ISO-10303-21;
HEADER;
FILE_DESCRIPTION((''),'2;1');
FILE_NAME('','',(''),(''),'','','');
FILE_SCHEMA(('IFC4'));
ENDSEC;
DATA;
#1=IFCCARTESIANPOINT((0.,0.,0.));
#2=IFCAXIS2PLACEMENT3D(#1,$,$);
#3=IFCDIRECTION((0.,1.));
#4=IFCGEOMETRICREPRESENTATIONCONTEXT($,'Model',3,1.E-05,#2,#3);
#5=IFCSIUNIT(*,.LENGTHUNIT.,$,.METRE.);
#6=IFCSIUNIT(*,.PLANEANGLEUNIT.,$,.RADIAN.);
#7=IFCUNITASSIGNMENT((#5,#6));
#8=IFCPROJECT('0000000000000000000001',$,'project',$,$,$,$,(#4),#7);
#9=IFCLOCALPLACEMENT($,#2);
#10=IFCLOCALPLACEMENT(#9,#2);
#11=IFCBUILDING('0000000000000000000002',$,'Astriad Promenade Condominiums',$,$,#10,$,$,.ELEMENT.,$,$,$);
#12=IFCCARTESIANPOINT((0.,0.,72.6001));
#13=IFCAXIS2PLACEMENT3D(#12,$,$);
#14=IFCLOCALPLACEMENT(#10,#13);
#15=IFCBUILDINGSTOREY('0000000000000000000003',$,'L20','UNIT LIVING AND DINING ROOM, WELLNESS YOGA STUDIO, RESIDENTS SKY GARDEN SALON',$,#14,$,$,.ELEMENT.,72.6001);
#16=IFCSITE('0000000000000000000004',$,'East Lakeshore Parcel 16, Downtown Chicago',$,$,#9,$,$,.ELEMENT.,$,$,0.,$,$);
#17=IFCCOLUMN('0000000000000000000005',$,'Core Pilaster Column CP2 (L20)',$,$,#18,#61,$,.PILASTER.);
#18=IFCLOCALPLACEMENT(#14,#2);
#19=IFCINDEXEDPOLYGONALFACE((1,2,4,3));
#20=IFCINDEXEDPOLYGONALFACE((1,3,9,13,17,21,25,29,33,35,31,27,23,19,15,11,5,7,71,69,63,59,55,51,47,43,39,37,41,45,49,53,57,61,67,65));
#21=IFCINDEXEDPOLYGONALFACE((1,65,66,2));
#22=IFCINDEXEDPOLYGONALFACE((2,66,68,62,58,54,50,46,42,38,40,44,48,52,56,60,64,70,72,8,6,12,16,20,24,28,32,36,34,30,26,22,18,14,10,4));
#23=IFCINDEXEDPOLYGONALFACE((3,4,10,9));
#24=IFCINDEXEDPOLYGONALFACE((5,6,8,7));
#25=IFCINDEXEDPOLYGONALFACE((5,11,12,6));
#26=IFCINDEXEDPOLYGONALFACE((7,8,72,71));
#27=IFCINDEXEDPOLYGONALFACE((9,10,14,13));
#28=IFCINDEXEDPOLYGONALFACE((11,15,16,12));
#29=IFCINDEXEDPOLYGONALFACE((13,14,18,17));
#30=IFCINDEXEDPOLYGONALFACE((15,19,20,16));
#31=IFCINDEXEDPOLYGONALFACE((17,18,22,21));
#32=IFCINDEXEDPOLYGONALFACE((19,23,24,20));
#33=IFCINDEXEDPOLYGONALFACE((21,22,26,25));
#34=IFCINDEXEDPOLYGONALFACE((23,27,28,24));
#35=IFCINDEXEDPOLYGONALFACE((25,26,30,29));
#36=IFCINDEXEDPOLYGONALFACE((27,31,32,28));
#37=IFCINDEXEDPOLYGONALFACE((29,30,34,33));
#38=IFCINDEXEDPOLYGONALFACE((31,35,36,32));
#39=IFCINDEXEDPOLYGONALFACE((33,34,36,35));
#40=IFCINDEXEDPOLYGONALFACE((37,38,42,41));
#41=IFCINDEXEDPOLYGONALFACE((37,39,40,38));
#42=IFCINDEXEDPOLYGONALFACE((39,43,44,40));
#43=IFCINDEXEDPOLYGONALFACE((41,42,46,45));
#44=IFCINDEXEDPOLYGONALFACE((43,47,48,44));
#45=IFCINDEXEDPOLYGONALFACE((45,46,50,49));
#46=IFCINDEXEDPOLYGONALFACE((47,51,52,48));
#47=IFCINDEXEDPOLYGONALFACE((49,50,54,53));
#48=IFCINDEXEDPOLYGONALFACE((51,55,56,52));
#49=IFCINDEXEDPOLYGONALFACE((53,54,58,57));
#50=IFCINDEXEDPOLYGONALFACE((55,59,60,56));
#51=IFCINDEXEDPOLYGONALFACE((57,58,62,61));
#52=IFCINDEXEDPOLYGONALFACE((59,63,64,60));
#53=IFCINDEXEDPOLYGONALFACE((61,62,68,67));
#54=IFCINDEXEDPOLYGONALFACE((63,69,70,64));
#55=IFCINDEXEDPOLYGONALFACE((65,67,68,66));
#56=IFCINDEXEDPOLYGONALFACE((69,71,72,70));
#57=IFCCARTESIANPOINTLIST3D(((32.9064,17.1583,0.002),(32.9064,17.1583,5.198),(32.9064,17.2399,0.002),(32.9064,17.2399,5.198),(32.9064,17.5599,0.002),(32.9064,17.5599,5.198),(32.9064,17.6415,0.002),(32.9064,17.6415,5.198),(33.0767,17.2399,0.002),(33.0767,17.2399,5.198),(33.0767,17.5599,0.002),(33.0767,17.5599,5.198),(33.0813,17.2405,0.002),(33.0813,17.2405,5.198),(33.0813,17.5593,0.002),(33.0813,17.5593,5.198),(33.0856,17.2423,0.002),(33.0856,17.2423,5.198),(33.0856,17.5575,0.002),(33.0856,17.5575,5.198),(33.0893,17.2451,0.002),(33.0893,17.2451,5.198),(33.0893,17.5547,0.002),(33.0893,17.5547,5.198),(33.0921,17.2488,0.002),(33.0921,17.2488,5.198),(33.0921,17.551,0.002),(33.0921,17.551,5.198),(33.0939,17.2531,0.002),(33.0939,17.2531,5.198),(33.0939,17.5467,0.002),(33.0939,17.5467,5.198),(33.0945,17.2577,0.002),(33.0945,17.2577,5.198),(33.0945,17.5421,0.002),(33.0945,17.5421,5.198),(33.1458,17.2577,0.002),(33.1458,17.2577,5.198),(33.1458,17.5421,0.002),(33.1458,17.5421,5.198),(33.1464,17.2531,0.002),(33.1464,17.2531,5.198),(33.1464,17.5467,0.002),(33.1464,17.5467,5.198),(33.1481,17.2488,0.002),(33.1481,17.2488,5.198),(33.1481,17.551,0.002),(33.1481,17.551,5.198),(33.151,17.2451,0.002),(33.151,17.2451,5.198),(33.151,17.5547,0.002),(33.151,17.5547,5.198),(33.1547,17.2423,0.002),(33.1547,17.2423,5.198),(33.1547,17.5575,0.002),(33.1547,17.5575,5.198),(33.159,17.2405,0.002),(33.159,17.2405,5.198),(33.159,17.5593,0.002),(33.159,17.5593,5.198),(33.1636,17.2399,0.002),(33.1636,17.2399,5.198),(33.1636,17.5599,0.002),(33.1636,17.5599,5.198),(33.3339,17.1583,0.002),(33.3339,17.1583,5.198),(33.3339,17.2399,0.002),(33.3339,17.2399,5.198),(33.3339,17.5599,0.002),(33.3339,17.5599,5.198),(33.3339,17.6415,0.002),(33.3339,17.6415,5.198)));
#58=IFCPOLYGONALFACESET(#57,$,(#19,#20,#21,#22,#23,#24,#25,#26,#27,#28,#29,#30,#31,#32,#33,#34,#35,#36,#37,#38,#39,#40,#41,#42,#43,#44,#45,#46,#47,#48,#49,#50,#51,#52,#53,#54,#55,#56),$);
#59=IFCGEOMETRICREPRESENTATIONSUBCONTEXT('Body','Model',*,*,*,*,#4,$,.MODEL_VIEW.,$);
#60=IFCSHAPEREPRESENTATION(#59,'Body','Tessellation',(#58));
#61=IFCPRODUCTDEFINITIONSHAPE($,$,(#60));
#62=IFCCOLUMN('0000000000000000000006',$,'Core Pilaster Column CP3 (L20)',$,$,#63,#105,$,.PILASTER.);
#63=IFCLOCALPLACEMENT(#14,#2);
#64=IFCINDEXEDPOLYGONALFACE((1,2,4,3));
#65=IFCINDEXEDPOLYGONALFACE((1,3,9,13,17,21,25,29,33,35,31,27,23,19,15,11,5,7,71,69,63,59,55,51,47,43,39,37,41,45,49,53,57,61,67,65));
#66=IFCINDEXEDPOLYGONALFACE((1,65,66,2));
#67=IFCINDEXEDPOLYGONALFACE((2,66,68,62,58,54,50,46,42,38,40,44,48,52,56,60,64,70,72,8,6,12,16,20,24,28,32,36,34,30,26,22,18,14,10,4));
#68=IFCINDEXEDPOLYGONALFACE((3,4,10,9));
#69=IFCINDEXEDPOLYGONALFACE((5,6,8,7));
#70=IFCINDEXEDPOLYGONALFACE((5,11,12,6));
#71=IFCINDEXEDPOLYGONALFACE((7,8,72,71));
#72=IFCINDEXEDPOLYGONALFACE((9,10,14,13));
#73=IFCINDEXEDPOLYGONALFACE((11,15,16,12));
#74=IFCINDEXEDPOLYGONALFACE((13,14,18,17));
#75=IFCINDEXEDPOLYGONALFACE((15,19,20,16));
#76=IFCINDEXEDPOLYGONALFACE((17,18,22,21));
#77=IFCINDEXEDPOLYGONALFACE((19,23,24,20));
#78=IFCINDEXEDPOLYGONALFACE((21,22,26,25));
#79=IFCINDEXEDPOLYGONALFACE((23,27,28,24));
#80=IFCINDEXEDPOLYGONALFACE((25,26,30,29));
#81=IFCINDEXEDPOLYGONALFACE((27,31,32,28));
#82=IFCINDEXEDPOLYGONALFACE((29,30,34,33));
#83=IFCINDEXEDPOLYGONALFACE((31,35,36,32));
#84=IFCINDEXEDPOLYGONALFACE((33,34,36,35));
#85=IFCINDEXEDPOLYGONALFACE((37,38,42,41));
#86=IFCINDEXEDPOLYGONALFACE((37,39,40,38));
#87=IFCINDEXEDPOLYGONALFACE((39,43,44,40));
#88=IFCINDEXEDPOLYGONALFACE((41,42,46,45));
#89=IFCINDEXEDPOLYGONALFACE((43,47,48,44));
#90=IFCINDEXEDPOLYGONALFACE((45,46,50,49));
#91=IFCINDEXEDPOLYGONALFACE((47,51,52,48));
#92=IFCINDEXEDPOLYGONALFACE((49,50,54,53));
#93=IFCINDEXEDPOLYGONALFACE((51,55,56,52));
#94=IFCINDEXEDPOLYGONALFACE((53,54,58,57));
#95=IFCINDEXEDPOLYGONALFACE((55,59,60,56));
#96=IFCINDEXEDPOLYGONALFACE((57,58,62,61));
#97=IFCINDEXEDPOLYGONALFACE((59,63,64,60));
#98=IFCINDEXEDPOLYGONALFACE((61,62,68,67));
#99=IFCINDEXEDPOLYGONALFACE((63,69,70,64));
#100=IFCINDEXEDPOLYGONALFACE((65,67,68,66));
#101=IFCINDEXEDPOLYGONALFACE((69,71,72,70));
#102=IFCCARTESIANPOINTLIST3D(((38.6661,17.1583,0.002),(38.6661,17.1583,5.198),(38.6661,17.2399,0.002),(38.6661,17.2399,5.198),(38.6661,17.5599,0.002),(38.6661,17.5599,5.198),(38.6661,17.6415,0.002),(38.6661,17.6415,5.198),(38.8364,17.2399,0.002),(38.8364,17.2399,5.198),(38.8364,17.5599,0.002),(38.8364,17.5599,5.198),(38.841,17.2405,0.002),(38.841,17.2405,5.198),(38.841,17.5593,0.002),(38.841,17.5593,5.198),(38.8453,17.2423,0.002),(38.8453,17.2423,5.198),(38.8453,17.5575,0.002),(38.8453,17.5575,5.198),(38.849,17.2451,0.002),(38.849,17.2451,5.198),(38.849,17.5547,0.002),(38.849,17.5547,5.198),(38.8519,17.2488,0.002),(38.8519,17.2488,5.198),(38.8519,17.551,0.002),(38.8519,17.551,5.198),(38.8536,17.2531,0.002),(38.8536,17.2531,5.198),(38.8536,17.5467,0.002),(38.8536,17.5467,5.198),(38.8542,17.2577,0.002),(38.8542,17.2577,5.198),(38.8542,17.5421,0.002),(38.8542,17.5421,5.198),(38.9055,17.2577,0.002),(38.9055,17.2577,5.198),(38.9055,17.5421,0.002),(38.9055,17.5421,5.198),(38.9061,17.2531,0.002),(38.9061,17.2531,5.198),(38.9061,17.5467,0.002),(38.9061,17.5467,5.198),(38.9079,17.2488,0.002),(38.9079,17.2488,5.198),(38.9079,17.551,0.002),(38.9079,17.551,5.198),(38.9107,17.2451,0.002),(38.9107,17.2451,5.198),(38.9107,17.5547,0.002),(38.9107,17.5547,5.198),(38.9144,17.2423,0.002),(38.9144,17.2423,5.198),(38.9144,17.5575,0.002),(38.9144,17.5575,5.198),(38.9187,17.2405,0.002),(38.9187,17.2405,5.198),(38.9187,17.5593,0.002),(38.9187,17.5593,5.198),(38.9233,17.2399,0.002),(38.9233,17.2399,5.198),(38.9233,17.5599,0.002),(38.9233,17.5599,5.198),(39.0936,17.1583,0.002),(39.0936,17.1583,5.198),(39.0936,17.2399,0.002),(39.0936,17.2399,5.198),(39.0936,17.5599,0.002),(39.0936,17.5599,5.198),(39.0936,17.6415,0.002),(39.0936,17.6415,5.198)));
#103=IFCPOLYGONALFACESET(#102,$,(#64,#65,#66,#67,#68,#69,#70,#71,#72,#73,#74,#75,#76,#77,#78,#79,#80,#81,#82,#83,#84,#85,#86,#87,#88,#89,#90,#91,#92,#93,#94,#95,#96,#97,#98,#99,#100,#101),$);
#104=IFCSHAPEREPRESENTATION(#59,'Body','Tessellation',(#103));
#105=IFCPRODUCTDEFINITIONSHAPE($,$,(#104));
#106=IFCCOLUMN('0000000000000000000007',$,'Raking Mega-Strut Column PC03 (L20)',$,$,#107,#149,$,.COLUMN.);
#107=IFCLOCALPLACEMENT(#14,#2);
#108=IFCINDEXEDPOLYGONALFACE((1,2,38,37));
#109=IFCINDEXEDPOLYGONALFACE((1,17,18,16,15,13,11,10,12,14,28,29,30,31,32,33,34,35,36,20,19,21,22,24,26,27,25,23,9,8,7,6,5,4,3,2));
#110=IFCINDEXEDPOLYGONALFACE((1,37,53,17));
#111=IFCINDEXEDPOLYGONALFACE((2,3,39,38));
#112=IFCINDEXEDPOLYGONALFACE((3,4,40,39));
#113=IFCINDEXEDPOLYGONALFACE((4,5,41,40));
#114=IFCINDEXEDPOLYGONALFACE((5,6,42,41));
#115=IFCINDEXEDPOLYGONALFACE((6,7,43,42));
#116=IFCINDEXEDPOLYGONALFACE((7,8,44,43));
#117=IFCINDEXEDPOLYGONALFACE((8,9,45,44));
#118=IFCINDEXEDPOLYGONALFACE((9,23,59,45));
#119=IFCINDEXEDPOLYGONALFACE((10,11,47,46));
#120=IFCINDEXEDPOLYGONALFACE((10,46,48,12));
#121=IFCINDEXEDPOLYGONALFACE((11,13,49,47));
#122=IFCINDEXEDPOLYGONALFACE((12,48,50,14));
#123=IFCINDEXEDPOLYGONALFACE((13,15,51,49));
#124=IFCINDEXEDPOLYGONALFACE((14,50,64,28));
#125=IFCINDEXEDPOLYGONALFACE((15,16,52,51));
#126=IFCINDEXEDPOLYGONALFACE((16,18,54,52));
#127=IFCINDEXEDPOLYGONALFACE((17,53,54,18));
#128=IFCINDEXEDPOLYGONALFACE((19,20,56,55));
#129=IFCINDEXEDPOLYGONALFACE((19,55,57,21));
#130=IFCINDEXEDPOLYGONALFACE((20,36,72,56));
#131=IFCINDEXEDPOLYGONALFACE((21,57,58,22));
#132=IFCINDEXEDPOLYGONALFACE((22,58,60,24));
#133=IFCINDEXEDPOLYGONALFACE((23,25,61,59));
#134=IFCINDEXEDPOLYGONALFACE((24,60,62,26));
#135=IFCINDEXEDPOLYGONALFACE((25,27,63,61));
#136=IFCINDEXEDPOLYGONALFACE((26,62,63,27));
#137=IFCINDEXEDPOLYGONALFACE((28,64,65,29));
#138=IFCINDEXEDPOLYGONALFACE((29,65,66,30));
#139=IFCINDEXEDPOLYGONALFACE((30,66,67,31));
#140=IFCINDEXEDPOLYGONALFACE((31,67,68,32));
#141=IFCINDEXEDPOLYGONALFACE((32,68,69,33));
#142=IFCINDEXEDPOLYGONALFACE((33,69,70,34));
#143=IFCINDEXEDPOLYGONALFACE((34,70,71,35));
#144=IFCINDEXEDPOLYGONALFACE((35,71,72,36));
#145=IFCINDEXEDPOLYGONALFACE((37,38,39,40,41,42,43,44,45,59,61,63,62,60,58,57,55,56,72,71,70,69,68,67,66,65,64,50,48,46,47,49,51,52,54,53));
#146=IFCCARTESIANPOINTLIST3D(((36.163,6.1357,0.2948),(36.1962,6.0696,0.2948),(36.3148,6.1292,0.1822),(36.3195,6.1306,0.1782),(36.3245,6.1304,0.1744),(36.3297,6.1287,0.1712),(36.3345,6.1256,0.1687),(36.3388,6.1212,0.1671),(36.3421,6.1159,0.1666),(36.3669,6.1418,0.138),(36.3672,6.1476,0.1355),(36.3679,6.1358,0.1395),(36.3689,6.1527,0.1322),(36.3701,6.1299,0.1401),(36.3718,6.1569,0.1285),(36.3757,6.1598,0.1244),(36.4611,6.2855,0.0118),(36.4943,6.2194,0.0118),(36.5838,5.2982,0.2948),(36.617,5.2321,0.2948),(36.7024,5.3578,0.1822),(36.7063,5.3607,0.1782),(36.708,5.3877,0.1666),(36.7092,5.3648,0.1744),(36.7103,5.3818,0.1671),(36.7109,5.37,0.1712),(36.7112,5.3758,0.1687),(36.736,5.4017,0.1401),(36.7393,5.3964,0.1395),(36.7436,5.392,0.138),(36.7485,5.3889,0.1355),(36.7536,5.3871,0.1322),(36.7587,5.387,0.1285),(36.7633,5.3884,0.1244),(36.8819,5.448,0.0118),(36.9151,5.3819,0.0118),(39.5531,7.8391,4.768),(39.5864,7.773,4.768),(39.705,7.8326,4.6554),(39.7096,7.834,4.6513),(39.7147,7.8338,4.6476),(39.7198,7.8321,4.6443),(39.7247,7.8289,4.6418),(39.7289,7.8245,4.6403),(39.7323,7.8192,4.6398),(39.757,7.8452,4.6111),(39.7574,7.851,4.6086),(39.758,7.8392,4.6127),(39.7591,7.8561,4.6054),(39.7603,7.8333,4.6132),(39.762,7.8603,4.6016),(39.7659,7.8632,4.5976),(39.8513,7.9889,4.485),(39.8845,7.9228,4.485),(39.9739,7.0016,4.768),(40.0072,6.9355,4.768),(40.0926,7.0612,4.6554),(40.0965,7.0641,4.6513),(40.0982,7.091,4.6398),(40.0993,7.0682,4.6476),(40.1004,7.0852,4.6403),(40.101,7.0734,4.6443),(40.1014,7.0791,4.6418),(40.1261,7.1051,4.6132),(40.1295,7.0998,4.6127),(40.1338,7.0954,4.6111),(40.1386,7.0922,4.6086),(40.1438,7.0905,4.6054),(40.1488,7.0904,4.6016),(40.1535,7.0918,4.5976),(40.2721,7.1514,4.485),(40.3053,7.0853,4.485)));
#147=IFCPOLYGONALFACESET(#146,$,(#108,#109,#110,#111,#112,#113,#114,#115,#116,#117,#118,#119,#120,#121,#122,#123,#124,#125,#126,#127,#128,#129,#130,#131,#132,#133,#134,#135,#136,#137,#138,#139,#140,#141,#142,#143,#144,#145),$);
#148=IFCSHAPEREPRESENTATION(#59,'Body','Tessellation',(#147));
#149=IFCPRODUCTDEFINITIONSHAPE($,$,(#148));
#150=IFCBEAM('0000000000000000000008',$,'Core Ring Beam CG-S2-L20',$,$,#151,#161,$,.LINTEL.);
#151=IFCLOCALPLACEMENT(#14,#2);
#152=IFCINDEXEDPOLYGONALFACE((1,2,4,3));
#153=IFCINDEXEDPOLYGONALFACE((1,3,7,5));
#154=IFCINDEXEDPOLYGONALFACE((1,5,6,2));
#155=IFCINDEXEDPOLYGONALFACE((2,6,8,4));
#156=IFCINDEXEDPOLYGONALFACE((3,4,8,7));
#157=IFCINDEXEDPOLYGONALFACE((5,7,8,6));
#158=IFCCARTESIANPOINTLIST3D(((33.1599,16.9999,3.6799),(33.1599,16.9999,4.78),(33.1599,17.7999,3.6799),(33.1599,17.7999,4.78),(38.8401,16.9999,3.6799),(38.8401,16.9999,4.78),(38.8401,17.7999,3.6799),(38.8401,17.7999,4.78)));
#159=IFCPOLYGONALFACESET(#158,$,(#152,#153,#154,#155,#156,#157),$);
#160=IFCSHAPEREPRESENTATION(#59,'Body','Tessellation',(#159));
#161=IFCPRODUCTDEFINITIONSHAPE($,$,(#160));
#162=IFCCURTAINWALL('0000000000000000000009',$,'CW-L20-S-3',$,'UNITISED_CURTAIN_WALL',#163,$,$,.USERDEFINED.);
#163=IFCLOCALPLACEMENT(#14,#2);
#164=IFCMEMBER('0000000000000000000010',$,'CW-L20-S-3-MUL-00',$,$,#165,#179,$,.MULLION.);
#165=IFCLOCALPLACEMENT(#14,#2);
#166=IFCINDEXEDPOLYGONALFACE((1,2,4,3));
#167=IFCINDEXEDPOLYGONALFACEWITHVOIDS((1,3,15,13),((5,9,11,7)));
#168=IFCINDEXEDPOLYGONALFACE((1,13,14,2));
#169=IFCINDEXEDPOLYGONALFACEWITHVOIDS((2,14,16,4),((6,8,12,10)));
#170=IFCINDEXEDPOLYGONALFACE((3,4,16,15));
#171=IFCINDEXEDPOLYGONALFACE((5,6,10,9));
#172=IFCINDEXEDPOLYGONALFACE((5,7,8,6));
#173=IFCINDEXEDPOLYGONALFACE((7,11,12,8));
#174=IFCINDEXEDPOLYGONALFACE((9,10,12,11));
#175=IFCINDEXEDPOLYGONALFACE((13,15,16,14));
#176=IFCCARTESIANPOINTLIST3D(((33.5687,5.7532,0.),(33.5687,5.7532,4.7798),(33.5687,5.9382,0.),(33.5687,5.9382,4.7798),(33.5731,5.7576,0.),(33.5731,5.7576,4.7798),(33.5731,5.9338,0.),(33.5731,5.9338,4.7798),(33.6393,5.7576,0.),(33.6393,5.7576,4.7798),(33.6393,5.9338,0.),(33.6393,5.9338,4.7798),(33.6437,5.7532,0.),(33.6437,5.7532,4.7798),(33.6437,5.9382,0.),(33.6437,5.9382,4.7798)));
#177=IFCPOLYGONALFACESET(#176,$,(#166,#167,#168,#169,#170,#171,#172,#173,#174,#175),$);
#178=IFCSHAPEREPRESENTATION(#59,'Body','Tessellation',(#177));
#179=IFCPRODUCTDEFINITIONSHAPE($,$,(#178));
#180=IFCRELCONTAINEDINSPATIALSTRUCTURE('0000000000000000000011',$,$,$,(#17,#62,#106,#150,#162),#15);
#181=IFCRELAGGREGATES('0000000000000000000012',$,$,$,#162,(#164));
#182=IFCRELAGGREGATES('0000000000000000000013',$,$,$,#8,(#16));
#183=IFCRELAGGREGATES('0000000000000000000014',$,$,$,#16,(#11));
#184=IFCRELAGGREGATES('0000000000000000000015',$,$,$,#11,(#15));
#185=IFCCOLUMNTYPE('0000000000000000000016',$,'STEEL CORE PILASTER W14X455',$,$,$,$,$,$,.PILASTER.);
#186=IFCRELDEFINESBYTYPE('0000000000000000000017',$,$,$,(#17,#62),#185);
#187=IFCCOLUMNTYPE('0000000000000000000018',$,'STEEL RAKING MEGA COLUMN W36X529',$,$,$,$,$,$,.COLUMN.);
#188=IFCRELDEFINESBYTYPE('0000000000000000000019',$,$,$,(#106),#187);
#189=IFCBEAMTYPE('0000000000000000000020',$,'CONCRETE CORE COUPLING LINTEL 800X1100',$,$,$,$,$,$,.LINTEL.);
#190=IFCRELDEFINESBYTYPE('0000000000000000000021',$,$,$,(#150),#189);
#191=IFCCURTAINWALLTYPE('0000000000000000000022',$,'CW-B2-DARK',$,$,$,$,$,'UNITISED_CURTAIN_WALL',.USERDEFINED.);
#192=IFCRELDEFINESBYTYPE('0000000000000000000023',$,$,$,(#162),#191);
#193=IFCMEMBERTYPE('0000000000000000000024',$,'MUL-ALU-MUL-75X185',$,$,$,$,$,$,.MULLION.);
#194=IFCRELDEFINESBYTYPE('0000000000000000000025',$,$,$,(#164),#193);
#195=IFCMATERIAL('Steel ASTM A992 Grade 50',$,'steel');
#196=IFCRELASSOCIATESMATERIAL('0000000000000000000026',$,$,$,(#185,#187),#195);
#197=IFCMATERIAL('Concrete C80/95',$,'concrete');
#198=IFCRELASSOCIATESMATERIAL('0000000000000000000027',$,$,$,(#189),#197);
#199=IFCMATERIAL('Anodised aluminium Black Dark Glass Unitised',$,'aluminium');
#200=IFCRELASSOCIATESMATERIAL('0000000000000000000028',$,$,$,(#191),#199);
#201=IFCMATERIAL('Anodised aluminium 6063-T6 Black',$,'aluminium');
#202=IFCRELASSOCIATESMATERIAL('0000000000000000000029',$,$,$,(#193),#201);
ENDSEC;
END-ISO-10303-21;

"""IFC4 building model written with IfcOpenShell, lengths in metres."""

from ifc_helpers import new_model, si_unit, direction, frame, origin, origin_2d, place, context, subcontext, project, spatial, rectangle, hollow_rectangle, i_section, extrude, source, transform, mapped, material, material_profile, profile_set, type_object, type_shapes, element, aggregate, save


model = new_model("IFC4")

# Units and contexts
model_context = context("Model", 3, precision=1e-05, world=origin(), true_north=direction((0.0, 1.0)))
body_context = subcontext(model_context, "Body", "Model", "MODEL_VIEW")
ifc_project = project(units=[si_unit("LENGTHUNIT", "METRE"), si_unit("PLANEANGLEUNIT", "RADIAN")], contexts=[model_context])

# Site, building, storey
site_placement = place(None, origin())
site = spatial("IfcSite", under=ifc_project, at=site_placement, Name="East Lakeshore Parcel 16, Downtown Chicago", CompositionType="ELEMENT", RefElevation=0.0)
building_placement = place(site_placement, origin())
building = spatial("IfcBuilding", under=site, at=building_placement, Name="Astriad Promenade Condominiums", CompositionType="ELEMENT")
storey_placement = place(building_placement, frame((0.0, 0.0, 72.6001)))
storey = spatial("IfcBuildingStorey", under=building, at=storey_placement, Name="L20", Description="UNIT LIVING AND DINING ROOM, WELLNESS YOGA STUDIO, RESIDENTS SKY GARDEN SALON", CompositionType="ELEMENT", Elevation=72.6001)

# Columns
ifc_material_1 = material(Name="Steel ASTM A992 Grade 50", Category="steel")
ifc_material_profile_1 = material_profile(ifc_material_1, i_section(OverallWidth=0.4275, OverallDepth=0.4832, WebThickness=0.0513, FlangeThickness=0.0815, FilletRadius=0.0178, at=origin_2d()), Name="W14X455")
ifc_profile_set_1 = profile_set([ifc_material_profile_1], Name="Steel ASTM A992 Grade 50")
column_type_1 = type_object("IfcColumnType", Name="STEEL CORE PILASTER W14X455", PredefinedType="PILASTER", material=ifc_profile_set_1)
shared_shape_1 = source(origin(), body_context, "Body", "SweptSolid", [
    extrude(i_section(OverallWidth=0.4275, OverallDepth=0.4832, WebThickness=0.0513, FlangeThickness=0.0815, FilletRadius=0.0178, at=origin_2d()), origin(), (0.0, 0.0, 1.0), 5.196),
])
type_shapes(column_type_1, [shared_shape_1])
for number, where, z_axis, x_axis, name in (
    (1, (33.1201, 17.3999, 0.002), (0.0, 0.0, 1.0), (1.0, 0.0, 0.0), "Core Pilaster Column CP2 (L20)"),
    (2, (38.8799, 17.3999, 0.002), (0.0, 0.0, 1.0), (1.0, 0.0, 0.0), "Core Pilaster Column CP3 (L20)"),
):
    element("IfcColumn", number, at=place(storey_placement, frame(where, z_axis=z_axis, x_axis=x_axis)), inside=storey, type_object=column_type_1, Name=name, PredefinedType="PILASTER", context=body_context, shape_type="MappedRepresentation", body=[
        mapped(shared_shape_1, transform((0.0, 0.0, 0.0), scale=1.0)),
    ])
ifc_material_profile_2 = material_profile(ifc_material_1, i_section(OverallWidth=0.4375, OverallDepth=1.0112, WebThickness=0.041, FlangeThickness=0.074, FilletRadius=0.0242, at=origin_2d()), Name="W36X529")
ifc_profile_set_2 = profile_set([ifc_material_profile_2], Name="Steel ASTM A992 Grade 50")
column_type_2 = type_object("IfcColumnType", Name="STEEL RAKING MEGA COLUMN W36X529", PredefinedType="COLUMN", material=ifc_profile_set_2)
shared_shape_2 = source(origin(), body_context, "Body", "SweptSolid", [
    extrude(i_section(OverallWidth=0.4375, OverallDepth=1.0112, WebThickness=0.041, FlangeThickness=0.074, FilletRadius=0.0242, at=origin_2d()), origin(), (0.0, 0.0, 1.0), 5.8655),
])
type_shapes(column_type_2, [shared_shape_2])
column_placement = place(storey_placement, frame((36.5391, 5.7588, 0.1533), z_axis=(0.577984, 0.290407, 0.762626), x_axis=(-0.681445, -0.342391, 0.64684)))
element("IfcColumn", 3, at=column_placement, inside=storey, type_object=column_type_2, Name="Raking Mega-Strut Column PC03 (L20)", PredefinedType="COLUMN", context=body_context, shape_type="MappedRepresentation", body=[
    mapped(shared_shape_2, transform((0.0, 0.0, 0.0), scale=1.0)),
])

# Beam
ifc_material_2 = material(Name="Concrete C80/95", Category="concrete")
ifc_material_profile_3 = material_profile(ifc_material_2, rectangle(XDim=0.8, YDim=1.1001, at=origin_2d()), Name="RC-BM-800X1100")
ifc_profile_set_3 = profile_set([ifc_material_profile_3], Name="Concrete C80/95")
beam_type = type_object("IfcBeamType", Name="CONCRETE CORE COUPLING LINTEL 800X1100", PredefinedType="LINTEL", material=ifc_profile_set_3)
shared_shape_3 = source(origin(), body_context, "Body", "SweptSolid", [
    extrude(rectangle(XDim=0.8, YDim=1.1001, at=origin_2d()), origin(), (0.0, 0.0, 1.0), 5.6802),
])
type_shapes(beam_type, [shared_shape_3])
beam_placement = place(storey_placement, frame((33.1599, 17.3999, 4.23), z_axis=(1.0, 0.0, 0.0), x_axis=(0.0, 1.0, 0.0)))
element("IfcBeam", 4, at=beam_placement, inside=storey, type_object=beam_type, Name="Core Ring Beam CG-S2-L20", PredefinedType="LINTEL", context=body_context, shape_type="MappedRepresentation", body=[
    mapped(shared_shape_3, transform((0.0, 0.0, 0.0), scale=1.0)),
])

# Curtain wall, member
ifc_material_3 = material(Name="Anodised aluminium Black Dark Glass Unitised", Category="aluminium")
curtain_wall_type = type_object("IfcCurtainWallType", Name="CW-B2-DARK", ElementType="UNITISED_CURTAIN_WALL", PredefinedType="USERDEFINED", material=ifc_material_3)
curtain_wall_placement = place(storey_placement, origin())
curtain_wall = element("IfcCurtainWall", 5, at=curtain_wall_placement, inside=storey, type_object=curtain_wall_type, Name="CW-L20-S-3", ObjectType="UNITISED_CURTAIN_WALL", PredefinedType="USERDEFINED")
ifc_material_4 = material(Name="Anodised aluminium 6063-T6 Black", Category="aluminium")
ifc_material_profile_4 = material_profile(ifc_material_4, hollow_rectangle(XDim=0.075, YDim=0.1851, WallThickness=0.0044, at=origin_2d()), Name="ALU-MUL-75X185")
ifc_profile_set_4 = profile_set([ifc_material_profile_4], Name="Anodised aluminium 6063-T6 Black")
member_type_1 = type_object("IfcMemberType", Name="MUL-ALU-MUL-75X185", PredefinedType="MULLION", material=ifc_profile_set_4)
shared_shape_4 = source(origin(), body_context, "Body", "SweptSolid", [
    extrude(hollow_rectangle(XDim=0.075, YDim=0.1851, WallThickness=0.0044, at=origin_2d()), origin(), (0.0, 0.0, 1.0), 4.7798),
])
type_shapes(member_type_1, [shared_shape_4])
member_1_placement = place(storey_placement, frame((33.6062, 5.8457, 0.0), z_axis=(0.0, 0.0, 1.0), x_axis=(1.0, 0.0, 0.0)))
member_1 = element("IfcMember", 6, at=member_1_placement, type_object=member_type_1, Name="CW-L20-S-3-MUL-00", PredefinedType="MULLION", context=body_context, shape_type="MappedRepresentation", body=[
    mapped(shared_shape_4, transform((0.0, 0.0, 0.0), scale=1.0)),
])

aggregate(curtain_wall, [member_1])

save(model, "model.ifc")
